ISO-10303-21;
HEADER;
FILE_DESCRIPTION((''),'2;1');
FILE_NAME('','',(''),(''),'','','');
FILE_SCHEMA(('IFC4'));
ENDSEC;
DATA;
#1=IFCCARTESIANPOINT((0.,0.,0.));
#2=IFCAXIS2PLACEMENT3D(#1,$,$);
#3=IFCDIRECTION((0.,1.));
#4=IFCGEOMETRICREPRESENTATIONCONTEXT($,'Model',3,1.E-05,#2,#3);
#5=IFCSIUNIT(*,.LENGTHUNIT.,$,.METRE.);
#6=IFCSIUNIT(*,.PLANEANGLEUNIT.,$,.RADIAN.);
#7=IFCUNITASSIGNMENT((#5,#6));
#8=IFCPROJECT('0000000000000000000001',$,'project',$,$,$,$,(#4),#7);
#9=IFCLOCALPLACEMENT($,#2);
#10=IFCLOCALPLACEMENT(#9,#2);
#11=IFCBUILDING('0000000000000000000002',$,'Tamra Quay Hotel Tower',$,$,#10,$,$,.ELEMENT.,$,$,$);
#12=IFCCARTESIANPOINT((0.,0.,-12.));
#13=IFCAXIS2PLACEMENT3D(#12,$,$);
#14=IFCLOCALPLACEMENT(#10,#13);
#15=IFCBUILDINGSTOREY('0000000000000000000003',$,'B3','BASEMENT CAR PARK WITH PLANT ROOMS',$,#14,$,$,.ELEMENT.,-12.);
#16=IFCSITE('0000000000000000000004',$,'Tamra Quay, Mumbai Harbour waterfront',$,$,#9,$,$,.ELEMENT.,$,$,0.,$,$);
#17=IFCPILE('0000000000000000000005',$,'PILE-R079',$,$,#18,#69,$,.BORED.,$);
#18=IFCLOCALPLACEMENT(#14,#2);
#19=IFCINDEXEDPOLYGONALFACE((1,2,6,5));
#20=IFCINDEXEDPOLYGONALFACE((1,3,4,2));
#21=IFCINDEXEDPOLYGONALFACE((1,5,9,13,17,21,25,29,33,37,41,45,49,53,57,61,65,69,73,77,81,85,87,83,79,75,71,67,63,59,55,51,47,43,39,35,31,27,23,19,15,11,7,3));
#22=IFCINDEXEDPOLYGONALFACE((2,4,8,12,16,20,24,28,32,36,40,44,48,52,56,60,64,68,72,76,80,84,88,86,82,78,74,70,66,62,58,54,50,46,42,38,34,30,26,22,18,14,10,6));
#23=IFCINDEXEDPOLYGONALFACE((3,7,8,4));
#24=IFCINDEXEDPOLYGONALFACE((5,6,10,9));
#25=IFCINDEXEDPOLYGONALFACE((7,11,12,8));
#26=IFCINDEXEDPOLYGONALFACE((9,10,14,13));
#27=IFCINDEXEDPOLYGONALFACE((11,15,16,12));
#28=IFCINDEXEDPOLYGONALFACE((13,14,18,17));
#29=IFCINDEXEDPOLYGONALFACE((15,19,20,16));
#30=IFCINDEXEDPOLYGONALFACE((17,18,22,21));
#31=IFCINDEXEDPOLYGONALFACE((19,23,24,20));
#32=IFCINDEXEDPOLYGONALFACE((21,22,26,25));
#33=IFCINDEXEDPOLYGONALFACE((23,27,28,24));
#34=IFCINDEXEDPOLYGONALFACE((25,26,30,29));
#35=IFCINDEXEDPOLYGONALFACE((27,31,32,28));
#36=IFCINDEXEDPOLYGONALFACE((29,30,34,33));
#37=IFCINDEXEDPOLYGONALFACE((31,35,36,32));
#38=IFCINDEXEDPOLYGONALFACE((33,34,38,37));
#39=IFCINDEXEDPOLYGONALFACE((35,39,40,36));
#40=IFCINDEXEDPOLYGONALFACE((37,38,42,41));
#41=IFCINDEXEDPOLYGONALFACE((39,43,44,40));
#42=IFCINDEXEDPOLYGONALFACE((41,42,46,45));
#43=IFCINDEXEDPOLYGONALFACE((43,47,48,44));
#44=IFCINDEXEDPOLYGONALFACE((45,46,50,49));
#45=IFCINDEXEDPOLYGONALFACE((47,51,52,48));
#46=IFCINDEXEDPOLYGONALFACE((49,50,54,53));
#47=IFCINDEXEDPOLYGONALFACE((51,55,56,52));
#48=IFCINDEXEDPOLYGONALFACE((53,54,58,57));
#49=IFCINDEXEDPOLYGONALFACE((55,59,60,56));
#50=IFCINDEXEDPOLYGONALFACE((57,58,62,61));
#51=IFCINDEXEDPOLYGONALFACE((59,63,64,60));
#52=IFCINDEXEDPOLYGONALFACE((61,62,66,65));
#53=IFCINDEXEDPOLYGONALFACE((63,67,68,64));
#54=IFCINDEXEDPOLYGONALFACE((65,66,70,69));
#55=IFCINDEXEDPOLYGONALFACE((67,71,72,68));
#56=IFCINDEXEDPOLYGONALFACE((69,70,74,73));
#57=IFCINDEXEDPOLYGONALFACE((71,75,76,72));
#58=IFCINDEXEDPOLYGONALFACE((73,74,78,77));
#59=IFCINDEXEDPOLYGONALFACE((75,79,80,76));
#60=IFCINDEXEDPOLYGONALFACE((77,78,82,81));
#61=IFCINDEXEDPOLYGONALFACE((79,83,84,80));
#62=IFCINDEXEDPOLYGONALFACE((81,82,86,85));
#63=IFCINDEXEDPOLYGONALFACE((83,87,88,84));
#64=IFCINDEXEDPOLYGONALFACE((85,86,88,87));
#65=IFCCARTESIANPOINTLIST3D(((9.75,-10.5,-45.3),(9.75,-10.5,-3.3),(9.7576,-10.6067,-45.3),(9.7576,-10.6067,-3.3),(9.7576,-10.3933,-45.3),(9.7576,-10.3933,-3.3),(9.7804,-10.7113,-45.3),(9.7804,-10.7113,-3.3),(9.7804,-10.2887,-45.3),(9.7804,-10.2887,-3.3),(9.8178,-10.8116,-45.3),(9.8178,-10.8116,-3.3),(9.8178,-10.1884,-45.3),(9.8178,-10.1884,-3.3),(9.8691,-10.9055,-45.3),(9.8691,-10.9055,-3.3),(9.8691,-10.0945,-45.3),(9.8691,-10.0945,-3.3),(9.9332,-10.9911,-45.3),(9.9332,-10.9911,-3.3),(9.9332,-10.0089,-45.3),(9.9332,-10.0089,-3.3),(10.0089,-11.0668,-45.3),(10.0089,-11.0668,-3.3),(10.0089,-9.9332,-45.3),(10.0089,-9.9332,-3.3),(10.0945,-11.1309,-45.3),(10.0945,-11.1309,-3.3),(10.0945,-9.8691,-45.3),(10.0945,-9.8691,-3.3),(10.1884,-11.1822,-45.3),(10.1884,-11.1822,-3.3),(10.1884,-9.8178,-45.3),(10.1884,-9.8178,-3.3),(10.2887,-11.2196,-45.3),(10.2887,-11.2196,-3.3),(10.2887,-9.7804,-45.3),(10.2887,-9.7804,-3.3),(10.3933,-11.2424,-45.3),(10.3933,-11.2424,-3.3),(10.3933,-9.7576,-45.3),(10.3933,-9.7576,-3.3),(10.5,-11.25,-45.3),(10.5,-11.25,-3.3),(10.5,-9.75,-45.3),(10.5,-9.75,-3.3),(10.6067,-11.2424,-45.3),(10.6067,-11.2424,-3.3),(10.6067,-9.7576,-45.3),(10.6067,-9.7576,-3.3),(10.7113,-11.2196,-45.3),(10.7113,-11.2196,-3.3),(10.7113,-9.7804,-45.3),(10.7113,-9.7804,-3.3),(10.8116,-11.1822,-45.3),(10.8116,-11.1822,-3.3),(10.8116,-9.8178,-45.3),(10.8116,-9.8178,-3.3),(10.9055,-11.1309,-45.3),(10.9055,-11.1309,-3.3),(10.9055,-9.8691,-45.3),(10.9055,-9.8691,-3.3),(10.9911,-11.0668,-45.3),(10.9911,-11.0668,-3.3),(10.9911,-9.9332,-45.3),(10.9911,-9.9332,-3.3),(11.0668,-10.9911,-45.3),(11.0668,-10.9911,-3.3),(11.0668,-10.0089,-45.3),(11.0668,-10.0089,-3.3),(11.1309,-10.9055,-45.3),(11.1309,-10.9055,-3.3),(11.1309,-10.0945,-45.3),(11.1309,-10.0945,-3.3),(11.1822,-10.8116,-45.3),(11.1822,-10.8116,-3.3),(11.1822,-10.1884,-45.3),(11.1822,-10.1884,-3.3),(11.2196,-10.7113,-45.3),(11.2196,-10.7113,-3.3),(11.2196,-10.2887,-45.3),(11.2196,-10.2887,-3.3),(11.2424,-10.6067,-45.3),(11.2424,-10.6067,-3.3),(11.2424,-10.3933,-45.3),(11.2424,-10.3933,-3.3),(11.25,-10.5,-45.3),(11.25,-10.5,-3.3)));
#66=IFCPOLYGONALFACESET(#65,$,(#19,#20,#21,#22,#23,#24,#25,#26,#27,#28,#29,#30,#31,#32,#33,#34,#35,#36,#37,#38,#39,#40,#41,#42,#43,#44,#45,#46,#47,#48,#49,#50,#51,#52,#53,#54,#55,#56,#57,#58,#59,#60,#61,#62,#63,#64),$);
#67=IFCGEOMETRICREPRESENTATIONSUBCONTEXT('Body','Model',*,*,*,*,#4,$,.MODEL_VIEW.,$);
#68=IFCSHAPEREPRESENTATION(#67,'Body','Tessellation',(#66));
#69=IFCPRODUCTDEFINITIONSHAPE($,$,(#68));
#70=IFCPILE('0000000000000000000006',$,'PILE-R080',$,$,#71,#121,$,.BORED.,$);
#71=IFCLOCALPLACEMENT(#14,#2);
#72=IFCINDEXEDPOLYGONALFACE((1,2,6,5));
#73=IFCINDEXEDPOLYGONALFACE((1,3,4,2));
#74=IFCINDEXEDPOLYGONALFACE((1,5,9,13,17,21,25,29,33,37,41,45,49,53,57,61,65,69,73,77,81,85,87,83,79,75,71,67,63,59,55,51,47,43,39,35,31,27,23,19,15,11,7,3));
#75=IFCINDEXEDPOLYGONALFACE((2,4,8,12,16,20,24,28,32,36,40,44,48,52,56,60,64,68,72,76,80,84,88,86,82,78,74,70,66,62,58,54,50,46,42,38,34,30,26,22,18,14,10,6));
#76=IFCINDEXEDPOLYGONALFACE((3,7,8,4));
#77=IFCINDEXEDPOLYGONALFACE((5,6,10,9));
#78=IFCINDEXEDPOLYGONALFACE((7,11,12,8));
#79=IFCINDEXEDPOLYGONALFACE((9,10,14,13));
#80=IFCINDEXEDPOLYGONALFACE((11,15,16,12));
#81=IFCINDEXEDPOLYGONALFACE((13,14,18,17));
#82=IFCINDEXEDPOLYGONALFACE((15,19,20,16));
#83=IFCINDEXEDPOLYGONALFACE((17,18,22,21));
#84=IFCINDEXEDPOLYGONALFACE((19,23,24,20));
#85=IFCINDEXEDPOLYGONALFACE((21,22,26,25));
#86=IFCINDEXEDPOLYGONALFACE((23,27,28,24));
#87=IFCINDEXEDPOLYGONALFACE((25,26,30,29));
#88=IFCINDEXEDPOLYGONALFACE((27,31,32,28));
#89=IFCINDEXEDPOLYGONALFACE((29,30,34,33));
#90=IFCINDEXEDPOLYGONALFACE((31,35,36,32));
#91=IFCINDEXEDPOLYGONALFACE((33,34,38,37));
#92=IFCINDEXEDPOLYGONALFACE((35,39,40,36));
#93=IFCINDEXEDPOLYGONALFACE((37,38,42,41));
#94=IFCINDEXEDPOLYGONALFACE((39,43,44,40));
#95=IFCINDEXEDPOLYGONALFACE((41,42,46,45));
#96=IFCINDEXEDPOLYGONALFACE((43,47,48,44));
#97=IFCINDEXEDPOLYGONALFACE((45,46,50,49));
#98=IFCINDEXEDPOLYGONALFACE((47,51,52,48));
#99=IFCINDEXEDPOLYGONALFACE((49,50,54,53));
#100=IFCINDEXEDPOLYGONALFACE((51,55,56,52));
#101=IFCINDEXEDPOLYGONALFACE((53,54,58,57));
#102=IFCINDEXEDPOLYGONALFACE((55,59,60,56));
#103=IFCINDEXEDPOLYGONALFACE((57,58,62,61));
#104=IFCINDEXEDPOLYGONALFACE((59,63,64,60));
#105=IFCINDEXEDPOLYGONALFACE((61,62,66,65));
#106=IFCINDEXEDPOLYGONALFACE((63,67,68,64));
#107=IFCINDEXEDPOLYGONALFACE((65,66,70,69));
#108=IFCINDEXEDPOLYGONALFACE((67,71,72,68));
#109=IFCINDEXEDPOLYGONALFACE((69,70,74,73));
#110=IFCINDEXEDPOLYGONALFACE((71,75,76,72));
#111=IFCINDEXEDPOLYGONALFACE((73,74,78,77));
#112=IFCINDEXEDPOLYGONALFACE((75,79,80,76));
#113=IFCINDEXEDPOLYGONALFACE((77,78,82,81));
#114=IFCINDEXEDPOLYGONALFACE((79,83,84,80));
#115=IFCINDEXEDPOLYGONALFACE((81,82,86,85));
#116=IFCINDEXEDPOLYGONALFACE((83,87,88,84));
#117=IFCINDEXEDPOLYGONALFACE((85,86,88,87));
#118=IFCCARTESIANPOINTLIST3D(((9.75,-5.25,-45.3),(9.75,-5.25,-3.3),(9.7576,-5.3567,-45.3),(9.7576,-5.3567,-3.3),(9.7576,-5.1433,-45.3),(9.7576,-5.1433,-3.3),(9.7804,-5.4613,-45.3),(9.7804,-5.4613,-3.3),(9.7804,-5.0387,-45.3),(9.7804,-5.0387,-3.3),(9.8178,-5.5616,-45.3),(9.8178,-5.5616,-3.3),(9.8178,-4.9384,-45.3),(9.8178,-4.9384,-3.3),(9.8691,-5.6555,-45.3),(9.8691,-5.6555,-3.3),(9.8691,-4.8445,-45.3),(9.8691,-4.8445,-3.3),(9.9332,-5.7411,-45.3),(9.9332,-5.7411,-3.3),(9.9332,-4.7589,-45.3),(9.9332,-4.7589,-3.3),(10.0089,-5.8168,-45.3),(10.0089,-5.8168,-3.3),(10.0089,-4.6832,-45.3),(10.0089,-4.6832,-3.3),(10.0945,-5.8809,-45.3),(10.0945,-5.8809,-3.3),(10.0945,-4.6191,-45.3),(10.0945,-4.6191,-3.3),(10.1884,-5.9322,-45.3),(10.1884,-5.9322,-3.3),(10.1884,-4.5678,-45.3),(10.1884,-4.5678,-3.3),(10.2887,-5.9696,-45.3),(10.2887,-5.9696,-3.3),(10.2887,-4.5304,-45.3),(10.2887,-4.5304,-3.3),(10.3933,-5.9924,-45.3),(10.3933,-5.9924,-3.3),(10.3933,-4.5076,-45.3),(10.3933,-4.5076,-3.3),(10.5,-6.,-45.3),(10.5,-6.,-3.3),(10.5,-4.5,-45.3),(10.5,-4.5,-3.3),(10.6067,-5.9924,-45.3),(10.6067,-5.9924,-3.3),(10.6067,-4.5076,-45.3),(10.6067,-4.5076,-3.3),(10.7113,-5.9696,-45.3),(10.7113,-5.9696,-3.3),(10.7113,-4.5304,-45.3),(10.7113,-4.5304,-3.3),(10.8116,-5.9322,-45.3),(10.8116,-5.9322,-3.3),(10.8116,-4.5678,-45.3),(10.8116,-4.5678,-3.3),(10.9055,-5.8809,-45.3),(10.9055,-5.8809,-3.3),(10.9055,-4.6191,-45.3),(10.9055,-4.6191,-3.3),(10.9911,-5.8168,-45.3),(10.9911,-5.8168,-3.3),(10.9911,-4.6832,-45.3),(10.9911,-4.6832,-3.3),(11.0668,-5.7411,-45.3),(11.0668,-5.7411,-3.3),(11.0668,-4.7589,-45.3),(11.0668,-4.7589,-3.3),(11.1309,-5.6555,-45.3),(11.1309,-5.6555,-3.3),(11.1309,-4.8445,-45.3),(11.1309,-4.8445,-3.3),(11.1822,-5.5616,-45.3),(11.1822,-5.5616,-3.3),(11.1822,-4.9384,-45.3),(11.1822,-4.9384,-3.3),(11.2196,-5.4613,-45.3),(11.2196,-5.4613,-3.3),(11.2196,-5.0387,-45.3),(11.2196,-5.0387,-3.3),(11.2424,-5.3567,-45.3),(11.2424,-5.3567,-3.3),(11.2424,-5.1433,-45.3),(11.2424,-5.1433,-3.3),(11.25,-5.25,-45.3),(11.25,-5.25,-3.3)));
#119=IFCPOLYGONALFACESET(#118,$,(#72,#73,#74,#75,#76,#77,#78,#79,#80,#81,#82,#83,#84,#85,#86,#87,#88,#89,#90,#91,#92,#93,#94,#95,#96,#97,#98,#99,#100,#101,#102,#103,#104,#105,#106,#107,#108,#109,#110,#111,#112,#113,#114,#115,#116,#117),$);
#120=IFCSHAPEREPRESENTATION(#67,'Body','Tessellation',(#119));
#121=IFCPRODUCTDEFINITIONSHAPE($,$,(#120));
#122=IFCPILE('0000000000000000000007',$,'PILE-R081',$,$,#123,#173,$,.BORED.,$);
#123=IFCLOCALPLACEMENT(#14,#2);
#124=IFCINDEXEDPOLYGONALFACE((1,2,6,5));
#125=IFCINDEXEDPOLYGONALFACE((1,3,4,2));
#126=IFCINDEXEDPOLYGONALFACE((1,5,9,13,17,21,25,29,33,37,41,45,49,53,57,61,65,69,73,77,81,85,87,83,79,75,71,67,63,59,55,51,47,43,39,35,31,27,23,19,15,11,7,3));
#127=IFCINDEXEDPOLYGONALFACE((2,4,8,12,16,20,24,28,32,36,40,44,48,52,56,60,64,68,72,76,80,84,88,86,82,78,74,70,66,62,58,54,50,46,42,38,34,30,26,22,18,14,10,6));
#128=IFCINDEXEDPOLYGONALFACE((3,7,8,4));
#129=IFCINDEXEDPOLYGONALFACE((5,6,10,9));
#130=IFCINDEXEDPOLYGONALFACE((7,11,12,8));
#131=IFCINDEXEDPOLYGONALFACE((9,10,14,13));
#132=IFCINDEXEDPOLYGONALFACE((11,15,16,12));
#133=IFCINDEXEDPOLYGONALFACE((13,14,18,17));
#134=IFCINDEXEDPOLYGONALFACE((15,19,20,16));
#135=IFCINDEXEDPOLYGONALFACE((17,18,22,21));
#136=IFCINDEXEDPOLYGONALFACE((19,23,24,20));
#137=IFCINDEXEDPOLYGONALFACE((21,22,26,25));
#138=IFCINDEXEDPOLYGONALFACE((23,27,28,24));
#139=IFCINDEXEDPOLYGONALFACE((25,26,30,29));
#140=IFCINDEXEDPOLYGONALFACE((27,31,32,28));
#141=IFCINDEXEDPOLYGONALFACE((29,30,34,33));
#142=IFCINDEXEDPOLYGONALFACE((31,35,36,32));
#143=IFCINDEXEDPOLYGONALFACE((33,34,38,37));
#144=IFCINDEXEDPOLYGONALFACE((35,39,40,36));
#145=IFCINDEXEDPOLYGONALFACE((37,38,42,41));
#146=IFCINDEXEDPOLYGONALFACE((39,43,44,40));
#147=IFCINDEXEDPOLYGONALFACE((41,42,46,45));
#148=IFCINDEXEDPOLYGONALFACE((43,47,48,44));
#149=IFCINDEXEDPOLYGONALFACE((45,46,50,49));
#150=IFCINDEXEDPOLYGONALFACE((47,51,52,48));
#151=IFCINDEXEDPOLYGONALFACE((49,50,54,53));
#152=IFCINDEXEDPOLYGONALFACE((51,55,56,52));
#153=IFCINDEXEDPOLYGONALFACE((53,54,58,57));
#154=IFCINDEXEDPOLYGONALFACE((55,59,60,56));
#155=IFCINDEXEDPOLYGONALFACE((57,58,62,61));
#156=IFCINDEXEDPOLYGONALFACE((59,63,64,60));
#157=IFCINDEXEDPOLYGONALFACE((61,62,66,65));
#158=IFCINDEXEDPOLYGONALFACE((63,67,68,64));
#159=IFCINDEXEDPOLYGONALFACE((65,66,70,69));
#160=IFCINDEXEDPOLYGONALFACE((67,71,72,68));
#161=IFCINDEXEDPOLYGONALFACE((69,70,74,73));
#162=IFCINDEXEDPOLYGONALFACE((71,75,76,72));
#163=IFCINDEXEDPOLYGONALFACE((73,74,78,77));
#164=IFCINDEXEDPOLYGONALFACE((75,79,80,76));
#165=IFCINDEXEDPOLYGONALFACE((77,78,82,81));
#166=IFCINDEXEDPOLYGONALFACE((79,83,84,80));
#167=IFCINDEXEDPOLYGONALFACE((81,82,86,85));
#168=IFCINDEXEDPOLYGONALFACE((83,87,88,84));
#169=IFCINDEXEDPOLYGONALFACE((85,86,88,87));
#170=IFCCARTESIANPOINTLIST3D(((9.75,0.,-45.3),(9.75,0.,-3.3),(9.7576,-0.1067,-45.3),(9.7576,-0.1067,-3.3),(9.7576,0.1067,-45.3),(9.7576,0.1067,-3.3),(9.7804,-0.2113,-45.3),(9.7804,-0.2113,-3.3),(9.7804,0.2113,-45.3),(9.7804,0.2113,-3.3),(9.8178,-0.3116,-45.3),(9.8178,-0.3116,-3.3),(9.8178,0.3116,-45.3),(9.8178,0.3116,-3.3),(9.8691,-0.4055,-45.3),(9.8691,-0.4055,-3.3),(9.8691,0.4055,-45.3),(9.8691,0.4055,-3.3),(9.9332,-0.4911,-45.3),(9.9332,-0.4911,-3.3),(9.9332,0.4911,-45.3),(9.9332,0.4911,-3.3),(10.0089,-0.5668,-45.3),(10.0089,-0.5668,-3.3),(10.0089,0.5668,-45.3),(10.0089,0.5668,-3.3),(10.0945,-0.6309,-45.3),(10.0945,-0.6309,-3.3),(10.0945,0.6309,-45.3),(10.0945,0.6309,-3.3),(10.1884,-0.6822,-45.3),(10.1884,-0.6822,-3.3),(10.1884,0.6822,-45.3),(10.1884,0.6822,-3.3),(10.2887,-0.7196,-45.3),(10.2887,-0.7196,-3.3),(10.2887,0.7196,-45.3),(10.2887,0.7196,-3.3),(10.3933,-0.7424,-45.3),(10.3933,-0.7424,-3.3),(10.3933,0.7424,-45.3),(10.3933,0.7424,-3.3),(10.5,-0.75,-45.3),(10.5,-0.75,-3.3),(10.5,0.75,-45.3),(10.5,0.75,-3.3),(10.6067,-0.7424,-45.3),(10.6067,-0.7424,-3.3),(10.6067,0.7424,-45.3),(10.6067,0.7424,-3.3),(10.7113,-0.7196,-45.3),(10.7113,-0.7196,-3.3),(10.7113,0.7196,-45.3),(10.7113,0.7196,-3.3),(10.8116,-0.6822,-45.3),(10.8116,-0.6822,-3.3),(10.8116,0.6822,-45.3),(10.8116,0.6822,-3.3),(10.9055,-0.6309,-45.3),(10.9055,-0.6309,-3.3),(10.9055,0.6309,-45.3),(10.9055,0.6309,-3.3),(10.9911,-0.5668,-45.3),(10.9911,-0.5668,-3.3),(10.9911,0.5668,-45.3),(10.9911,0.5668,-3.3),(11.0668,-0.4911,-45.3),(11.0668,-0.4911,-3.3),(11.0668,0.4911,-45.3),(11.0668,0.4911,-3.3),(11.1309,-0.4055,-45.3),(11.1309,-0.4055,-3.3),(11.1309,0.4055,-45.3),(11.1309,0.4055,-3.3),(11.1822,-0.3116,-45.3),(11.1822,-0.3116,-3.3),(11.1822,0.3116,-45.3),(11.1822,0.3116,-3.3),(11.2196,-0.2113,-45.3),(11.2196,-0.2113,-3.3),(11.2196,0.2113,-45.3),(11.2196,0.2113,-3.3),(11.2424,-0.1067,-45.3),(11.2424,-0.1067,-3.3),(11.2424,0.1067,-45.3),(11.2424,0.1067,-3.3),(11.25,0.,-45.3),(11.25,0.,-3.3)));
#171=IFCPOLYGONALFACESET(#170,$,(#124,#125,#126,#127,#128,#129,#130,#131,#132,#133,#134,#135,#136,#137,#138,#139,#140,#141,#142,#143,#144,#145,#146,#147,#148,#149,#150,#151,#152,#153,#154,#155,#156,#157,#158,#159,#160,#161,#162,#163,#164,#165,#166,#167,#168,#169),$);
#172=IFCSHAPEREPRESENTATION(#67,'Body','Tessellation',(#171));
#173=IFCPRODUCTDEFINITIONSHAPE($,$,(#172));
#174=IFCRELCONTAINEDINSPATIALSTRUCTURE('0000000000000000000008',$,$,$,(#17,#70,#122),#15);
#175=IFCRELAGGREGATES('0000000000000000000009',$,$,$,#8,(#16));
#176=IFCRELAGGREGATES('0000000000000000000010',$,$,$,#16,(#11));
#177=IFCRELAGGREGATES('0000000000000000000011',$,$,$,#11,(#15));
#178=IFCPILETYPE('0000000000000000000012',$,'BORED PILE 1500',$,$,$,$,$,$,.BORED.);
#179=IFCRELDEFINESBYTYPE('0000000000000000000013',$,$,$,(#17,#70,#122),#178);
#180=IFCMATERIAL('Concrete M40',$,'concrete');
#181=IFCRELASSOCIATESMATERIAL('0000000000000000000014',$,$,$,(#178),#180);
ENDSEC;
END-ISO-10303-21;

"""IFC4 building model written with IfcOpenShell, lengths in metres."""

from ifc_helpers import new_model, si_unit, direction, frame, origin, origin_2d, place, context, subcontext, project, spatial, circle, extrude, material, material_profile, profile_set, type_object, element, save


model = new_model("IFC4")

# Units and contexts
model_context = context("Model", 3, precision=1e-05, world=origin(), true_north=direction((0.0, 1.0)))
body_context = subcontext(model_context, "Body", "Model", "MODEL_VIEW")
ifc_project = project(units=[si_unit("LENGTHUNIT", "METRE"), si_unit("PLANEANGLEUNIT", "RADIAN")], contexts=[model_context])

# Site, building, storey
site_placement = place(None, origin())
site = spatial("IfcSite", under=ifc_project, at=site_placement, Name="Tamra Quay, Mumbai Harbour waterfront", CompositionType="ELEMENT", RefElevation=0.0)
building_placement = place(site_placement, origin())
building = spatial("IfcBuilding", under=site, at=building_placement, Name="Tamra Quay Hotel Tower", CompositionType="ELEMENT")
storey_placement = place(building_placement, frame((0.0, 0.0, -12.0)))
storey = spatial("IfcBuildingStorey", under=building, at=storey_placement, Name="B3", Description="BASEMENT CAR PARK WITH PLANT ROOMS", CompositionType="ELEMENT", Elevation=-12.0)

# Piles
ifc_material_1 = material(Name="Concrete M40", Category="concrete")
ifc_material_profile_1 = material_profile(ifc_material_1, circle(Radius=0.75, at=origin_2d()), Name="BORED PILE 1500")
ifc_profile_set_1 = profile_set([ifc_material_profile_1], Name="Concrete M40")
pile_type = type_object("IfcPileType", Name="BORED PILE 1500", PredefinedType="BORED", material=ifc_profile_set_1)
for number, where, z_axis, x_axis, name in (
    (1, (10.5, -10.5, -3.3), (0.0, 0.0, -1.0), (1.0, 0.0, 0.0), "PILE-R079"),
    (2, (10.5, -5.25, -3.3), (0.0, 0.0, -1.0), (1.0, 0.0, 0.0), "PILE-R080"),
    (3, (10.5, 0.0, -3.3), (0.0, 0.0, -1.0), (1.0, 0.0, 0.0), "PILE-R081"),
):
    element("IfcPile", number, at=place(storey_placement, frame(where, z_axis=z_axis, x_axis=x_axis)), inside=storey, type_object=pile_type, Name=name, PredefinedType="BORED", context=body_context, shape_type="SweptSolid", body=[
        extrude(circle(Radius=0.75, at=origin_2d()), origin(), (0.0, 0.0, 1.0), 42.0),
    ])

save(model, "model.ifc")
